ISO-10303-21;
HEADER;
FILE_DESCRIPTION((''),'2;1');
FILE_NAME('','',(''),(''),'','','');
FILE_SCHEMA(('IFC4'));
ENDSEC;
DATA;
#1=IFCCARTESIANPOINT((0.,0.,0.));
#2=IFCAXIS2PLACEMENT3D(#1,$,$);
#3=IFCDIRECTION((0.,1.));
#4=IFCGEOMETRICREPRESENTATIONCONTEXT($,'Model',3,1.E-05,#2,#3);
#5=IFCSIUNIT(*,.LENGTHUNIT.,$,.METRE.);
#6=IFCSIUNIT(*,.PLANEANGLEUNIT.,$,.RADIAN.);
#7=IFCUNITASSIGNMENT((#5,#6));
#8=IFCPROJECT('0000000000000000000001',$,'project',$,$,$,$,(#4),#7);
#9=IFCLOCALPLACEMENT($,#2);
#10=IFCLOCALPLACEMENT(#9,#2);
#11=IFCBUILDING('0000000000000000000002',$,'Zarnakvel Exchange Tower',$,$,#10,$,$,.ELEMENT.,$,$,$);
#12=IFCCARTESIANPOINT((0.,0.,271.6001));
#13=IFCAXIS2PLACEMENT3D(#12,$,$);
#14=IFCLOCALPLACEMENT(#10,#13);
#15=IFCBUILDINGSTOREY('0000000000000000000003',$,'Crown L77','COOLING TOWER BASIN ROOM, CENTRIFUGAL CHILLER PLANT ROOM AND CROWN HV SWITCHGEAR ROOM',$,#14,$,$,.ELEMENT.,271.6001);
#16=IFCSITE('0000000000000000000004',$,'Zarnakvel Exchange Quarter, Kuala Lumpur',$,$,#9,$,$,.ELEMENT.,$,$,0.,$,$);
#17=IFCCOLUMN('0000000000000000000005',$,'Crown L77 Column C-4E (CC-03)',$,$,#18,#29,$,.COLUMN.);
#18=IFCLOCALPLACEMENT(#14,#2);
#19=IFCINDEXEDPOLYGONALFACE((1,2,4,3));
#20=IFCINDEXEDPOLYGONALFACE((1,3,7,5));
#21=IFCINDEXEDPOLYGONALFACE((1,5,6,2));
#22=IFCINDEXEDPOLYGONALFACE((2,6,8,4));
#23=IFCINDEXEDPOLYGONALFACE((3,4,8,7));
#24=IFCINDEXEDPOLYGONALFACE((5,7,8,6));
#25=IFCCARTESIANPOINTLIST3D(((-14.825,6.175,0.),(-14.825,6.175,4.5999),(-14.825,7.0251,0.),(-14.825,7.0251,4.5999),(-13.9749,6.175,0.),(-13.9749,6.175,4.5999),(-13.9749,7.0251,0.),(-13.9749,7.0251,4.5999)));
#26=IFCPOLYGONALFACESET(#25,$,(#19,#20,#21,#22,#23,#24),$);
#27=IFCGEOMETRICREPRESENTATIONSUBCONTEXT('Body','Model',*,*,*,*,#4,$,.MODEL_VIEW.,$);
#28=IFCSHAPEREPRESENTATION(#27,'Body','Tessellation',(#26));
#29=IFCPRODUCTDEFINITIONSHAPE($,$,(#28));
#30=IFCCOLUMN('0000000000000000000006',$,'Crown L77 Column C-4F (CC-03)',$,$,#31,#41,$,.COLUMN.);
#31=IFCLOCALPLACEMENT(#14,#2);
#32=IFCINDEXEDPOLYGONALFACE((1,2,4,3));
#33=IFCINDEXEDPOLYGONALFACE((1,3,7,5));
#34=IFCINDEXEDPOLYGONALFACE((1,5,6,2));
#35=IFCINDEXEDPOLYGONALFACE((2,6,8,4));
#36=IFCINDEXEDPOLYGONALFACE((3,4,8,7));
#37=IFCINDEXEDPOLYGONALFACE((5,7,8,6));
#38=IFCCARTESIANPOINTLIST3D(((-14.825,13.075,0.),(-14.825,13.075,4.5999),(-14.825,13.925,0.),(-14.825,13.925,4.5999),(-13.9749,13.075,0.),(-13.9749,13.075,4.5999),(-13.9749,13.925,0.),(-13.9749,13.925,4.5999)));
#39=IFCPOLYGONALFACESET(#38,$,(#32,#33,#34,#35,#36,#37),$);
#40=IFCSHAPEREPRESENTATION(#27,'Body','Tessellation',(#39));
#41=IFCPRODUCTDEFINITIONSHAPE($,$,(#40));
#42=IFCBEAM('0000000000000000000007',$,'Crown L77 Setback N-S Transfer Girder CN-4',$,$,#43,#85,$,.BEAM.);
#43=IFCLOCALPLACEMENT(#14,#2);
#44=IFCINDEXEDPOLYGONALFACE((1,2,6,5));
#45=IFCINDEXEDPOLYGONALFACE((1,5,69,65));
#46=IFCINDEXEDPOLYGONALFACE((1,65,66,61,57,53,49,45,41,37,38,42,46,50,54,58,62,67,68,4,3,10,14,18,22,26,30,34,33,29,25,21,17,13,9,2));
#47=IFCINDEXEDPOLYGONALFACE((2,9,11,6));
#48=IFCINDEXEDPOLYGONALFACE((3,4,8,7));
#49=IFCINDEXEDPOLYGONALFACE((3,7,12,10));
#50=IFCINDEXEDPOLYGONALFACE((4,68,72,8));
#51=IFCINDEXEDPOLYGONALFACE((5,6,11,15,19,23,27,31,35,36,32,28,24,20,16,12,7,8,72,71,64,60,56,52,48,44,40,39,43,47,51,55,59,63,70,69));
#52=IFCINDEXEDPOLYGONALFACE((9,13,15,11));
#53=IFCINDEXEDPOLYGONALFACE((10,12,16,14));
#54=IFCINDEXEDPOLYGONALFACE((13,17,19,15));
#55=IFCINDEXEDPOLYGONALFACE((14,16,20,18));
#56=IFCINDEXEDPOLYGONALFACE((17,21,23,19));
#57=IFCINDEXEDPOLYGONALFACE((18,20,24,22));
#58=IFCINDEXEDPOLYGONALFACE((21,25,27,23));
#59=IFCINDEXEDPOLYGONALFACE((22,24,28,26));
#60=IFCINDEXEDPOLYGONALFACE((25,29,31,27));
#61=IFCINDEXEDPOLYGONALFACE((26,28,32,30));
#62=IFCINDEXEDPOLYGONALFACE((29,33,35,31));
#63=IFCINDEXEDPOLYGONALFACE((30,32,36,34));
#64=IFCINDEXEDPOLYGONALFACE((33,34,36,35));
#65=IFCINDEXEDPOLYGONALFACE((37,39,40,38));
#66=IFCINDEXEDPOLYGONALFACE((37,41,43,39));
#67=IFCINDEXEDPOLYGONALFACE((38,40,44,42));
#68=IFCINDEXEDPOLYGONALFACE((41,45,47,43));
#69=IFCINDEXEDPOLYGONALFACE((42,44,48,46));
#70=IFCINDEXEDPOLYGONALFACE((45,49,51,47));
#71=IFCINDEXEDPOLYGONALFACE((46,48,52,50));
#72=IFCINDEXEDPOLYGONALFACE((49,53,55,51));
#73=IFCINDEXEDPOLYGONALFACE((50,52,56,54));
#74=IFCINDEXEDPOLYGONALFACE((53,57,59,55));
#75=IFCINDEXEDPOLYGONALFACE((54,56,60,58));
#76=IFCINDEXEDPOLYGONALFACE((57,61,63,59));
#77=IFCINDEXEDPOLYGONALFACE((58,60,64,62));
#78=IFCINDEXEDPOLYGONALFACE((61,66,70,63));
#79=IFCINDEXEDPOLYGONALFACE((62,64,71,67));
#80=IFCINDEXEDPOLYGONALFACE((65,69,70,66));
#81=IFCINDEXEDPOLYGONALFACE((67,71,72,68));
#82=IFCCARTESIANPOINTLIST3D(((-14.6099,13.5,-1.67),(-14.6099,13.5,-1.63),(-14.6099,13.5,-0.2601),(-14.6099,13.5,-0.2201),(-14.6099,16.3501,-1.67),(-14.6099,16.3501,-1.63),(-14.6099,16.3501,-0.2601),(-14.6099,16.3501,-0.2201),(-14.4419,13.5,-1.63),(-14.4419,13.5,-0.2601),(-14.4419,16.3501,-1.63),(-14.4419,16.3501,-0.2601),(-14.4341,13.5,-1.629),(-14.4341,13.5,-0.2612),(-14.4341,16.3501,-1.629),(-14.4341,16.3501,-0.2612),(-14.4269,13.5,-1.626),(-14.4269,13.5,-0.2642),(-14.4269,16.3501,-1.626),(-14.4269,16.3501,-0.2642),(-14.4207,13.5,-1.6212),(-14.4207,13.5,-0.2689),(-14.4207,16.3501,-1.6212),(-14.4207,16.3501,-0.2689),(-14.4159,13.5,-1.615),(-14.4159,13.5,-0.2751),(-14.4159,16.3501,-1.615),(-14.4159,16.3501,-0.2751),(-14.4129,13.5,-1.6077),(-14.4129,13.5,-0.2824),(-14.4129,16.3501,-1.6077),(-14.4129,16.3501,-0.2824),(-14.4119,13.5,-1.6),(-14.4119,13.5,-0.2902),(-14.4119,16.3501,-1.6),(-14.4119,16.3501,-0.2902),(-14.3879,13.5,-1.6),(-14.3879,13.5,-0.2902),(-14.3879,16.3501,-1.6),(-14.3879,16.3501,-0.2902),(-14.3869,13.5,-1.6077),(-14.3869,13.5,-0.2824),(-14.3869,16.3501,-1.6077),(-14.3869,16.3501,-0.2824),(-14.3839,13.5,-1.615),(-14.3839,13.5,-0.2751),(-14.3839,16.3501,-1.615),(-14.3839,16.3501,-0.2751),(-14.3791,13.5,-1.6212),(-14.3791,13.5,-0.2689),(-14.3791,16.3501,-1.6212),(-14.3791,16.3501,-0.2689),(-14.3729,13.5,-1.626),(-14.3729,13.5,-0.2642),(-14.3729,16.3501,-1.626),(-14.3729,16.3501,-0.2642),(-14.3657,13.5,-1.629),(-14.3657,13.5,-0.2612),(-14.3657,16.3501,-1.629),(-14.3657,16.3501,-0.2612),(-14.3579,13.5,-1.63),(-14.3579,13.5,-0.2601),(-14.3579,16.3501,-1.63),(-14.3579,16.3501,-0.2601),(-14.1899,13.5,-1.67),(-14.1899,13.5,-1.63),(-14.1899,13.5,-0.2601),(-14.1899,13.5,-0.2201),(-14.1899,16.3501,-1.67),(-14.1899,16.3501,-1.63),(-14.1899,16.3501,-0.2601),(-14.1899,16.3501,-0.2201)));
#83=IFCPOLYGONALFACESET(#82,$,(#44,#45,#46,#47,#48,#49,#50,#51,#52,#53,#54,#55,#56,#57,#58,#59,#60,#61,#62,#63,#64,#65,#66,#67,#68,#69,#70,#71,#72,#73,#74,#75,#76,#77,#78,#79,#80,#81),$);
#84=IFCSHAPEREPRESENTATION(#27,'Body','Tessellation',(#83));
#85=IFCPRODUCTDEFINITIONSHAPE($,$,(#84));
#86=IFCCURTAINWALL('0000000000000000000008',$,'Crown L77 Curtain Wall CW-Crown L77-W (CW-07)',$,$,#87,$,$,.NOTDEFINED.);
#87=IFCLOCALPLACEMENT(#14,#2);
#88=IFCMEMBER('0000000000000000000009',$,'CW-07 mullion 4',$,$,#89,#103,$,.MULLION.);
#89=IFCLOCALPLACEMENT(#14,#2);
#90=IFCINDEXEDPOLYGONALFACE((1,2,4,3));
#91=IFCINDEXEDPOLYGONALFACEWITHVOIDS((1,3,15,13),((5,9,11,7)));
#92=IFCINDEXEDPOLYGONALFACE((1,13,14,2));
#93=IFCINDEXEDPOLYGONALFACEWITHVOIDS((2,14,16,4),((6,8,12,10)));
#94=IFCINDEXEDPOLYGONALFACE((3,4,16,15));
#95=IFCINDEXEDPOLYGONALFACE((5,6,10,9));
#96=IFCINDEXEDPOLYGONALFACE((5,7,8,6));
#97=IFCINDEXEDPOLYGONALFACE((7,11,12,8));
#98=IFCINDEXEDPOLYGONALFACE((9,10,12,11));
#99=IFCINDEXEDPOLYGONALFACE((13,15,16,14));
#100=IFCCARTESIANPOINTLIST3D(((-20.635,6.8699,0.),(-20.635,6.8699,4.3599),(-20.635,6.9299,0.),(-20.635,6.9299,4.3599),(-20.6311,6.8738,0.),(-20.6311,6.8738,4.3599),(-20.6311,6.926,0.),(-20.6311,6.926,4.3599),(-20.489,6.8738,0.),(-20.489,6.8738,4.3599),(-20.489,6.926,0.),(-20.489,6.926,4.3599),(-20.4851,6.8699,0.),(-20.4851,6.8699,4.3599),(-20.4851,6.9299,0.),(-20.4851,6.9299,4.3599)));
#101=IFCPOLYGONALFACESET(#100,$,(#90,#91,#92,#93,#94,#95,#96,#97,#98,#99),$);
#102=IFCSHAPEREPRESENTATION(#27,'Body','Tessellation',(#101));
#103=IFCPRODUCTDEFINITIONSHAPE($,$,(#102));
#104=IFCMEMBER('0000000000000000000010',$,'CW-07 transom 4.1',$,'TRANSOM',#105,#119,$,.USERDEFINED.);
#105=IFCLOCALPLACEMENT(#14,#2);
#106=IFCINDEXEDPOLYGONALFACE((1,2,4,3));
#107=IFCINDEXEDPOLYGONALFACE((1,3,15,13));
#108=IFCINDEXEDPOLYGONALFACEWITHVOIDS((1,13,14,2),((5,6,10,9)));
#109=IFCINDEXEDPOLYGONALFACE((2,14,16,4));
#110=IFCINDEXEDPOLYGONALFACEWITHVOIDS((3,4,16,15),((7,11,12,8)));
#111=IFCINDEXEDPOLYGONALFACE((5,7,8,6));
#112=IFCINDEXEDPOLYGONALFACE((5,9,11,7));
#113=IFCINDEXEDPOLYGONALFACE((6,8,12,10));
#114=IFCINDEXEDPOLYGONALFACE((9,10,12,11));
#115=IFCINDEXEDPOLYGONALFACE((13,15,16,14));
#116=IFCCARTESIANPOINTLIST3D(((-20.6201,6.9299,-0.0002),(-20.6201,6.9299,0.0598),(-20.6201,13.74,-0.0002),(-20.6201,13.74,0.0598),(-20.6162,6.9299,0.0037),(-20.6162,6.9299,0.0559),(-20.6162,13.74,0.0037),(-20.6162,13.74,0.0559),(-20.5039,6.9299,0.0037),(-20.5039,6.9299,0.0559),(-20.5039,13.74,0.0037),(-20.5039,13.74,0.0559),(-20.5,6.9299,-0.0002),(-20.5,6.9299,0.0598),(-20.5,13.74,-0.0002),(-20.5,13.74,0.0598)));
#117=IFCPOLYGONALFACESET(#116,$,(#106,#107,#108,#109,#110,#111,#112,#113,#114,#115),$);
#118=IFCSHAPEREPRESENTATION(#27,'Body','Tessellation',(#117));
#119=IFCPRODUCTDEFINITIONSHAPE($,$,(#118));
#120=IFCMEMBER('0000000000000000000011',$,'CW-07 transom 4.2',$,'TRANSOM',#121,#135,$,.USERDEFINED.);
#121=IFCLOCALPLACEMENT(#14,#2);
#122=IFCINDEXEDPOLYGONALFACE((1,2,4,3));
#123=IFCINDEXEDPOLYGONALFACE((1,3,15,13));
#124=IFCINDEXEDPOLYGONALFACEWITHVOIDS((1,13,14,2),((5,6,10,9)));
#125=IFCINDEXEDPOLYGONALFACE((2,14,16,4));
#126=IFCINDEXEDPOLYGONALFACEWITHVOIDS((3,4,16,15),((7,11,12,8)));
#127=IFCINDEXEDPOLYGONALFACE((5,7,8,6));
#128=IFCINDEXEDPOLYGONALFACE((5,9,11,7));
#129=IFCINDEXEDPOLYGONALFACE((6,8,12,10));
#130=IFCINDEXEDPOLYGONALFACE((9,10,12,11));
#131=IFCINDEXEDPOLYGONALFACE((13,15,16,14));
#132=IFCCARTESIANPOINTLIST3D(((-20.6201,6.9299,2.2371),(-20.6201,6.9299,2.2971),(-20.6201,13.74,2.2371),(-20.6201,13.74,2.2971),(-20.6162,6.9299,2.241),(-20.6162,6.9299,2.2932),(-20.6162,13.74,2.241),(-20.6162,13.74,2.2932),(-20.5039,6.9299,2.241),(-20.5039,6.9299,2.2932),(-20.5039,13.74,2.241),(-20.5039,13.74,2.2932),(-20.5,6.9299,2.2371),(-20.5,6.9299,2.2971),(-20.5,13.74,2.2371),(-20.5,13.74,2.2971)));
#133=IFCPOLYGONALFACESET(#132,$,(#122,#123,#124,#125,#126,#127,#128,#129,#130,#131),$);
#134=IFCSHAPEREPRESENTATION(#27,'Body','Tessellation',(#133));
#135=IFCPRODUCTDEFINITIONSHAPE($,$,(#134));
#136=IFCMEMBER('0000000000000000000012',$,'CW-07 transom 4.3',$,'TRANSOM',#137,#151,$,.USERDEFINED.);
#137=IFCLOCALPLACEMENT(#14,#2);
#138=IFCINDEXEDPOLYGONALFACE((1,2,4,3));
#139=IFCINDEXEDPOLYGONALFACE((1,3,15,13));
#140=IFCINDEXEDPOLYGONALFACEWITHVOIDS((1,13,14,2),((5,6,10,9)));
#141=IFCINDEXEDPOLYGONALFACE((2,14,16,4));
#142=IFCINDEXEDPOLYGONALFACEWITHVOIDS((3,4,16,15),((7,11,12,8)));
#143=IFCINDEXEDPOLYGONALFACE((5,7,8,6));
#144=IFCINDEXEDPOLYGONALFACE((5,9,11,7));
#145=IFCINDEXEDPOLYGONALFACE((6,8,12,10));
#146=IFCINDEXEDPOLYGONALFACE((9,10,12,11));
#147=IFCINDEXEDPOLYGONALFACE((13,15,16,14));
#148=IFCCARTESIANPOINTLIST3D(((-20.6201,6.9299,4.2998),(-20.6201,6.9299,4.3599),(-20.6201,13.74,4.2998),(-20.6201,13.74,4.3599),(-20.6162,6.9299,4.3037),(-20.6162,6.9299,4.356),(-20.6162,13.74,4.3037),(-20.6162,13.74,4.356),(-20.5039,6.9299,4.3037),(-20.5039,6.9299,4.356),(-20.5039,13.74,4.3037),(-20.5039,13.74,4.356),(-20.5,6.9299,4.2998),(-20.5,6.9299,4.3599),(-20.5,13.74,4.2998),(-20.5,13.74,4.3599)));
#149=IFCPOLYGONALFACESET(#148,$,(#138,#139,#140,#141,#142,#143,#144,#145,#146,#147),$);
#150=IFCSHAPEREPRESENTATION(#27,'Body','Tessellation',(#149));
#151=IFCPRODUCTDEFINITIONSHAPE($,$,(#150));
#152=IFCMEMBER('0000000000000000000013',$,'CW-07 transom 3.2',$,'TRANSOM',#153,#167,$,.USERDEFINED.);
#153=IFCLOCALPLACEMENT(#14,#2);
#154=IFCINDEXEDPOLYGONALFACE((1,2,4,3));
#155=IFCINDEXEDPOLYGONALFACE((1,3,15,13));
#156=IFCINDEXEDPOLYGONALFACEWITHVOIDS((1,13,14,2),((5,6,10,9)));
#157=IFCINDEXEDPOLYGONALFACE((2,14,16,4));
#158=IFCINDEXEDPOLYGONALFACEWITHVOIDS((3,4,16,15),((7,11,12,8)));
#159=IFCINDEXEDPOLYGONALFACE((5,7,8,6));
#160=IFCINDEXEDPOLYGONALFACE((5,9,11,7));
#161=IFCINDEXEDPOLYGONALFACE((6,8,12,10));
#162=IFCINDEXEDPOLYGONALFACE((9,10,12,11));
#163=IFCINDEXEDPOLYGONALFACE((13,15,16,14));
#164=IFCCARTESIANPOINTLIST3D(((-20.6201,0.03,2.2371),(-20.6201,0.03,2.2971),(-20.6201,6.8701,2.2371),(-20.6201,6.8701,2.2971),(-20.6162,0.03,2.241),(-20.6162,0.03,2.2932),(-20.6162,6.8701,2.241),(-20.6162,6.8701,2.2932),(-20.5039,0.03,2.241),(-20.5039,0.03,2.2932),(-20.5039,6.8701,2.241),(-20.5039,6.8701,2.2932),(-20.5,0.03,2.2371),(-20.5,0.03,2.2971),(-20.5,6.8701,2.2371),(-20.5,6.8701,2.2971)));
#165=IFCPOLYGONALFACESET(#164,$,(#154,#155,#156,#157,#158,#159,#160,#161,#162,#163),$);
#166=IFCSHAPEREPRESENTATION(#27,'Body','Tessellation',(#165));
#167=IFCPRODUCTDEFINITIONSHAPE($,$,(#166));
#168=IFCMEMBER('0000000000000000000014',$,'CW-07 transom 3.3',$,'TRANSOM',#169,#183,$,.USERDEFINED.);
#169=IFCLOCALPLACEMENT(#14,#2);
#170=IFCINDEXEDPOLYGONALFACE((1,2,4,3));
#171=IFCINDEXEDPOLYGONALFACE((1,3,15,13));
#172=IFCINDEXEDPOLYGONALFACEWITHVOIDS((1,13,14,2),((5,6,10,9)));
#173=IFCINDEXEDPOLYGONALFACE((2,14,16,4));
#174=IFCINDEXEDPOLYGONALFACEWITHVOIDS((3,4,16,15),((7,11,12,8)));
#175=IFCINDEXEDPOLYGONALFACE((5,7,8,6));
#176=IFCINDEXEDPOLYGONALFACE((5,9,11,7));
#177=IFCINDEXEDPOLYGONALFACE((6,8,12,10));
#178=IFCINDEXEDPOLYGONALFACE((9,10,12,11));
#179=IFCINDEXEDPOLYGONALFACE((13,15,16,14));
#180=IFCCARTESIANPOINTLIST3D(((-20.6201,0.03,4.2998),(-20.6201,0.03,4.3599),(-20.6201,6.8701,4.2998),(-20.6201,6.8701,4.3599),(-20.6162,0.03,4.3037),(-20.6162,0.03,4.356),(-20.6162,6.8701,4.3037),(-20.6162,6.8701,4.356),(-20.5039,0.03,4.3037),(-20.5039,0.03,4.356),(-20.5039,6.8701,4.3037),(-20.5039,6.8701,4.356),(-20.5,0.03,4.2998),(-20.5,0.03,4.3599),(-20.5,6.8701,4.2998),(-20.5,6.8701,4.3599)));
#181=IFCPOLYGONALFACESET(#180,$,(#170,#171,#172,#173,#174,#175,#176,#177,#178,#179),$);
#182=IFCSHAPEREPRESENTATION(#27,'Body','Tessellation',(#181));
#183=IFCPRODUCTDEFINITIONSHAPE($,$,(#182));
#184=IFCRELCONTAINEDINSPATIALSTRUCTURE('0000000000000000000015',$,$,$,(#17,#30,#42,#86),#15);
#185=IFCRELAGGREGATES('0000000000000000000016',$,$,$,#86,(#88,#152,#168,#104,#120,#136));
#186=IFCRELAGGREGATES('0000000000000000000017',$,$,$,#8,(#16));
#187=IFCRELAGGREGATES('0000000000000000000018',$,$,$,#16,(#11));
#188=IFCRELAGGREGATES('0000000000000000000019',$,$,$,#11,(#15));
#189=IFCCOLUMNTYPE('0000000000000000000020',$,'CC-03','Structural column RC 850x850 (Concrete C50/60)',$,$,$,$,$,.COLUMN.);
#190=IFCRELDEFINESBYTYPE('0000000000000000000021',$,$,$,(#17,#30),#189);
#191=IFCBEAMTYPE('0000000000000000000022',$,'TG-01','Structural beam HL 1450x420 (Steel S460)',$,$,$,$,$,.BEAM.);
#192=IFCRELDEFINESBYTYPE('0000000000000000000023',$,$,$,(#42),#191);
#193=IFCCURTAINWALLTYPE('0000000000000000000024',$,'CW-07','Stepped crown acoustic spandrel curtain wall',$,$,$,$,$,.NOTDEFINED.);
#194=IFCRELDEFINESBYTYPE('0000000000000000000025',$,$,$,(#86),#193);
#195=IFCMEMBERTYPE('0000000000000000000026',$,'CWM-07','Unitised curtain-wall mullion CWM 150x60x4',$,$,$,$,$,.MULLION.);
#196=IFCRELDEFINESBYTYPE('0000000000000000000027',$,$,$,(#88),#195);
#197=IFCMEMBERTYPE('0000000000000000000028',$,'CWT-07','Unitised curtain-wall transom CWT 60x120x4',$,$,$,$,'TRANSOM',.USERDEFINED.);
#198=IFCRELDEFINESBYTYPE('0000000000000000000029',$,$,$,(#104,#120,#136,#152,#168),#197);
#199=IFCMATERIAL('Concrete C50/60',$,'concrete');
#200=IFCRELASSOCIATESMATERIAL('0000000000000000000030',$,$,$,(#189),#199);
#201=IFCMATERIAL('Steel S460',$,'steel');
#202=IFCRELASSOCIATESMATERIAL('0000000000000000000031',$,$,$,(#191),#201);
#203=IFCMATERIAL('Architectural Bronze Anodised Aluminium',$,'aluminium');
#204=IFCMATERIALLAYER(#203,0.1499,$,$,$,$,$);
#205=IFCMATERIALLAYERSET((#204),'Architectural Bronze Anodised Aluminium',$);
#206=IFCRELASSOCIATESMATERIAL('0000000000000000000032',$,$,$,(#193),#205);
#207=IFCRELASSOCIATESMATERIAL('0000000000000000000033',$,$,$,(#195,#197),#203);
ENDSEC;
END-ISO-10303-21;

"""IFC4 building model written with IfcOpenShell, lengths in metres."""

from ifc_helpers import new_model, si_unit, direction, frame, origin, origin_2d, place, context, subcontext, project, spatial, rectangle, hollow_rectangle, i_section, extrude, source, transform, mapped, material, layer, layer_set, material_profile, profile_set, type_object, element, aggregate, save


model = new_model("IFC4")

# Units and contexts
model_context = context("Model", 3, precision=1e-05, world=origin(), true_north=direction((0.0, 1.0)))
body_context = subcontext(model_context, "Body", "Model", "MODEL_VIEW")
ifc_project = project(units=[si_unit("LENGTHUNIT", "METRE"), si_unit("PLANEANGLEUNIT", "RADIAN")], contexts=[model_context])

# Site, building, storey
site_placement = place(None, origin())
site = spatial("IfcSite", under=ifc_project, at=site_placement, Name="Zarnakvel Exchange Quarter, Kuala Lumpur", CompositionType="ELEMENT", RefElevation=0.0)
building_placement = place(site_placement, origin())
building = spatial("IfcBuilding", under=site, at=building_placement, Name="Zarnakvel Exchange Tower", CompositionType="ELEMENT")
storey_placement = place(building_placement, frame((0.0, 0.0, 271.6001)))
storey = spatial("IfcBuildingStorey", under=building, at=storey_placement, Name="Crown L77", Description="COOLING TOWER BASIN ROOM, CENTRIFUGAL CHILLER PLANT ROOM AND CROWN HV SWITCHGEAR ROOM", CompositionType="ELEMENT", Elevation=271.6001)

# Columns
ifc_material_1 = material(Name="Concrete C50/60", Category="concrete")
ifc_material_profile_1 = material_profile(ifc_material_1, rectangle(XDim=0.8501, YDim=0.8501, at=origin_2d()))
ifc_profile_set_1 = profile_set([ifc_material_profile_1], Name="Concrete C50/60")
column_type = type_object("IfcColumnType", Name="CC-03", Description="Structural column RC 850x850 (Concrete C50/60)", PredefinedType="COLUMN", material=ifc_profile_set_1)
for number, where, z_axis, x_axis, name in (
    (1, (-14.3999, 6.6001, 0.0), (0.0, 0.0, 1.0), (1.0, 0.0, 0.0), "Crown L77 Column C-4E (CC-03)"),
    (2, (-14.3999, 13.5, 0.0), (0.0, 0.0, 1.0), (1.0, 0.0, 0.0), "Crown L77 Column C-4F (CC-03)"),
):
    element("IfcColumn", number, at=place(storey_placement, frame(where, z_axis=z_axis, x_axis=x_axis)), inside=storey, type_object=column_type, Name=name, PredefinedType="COLUMN", context=body_context, shape_type="SweptSolid", body=[
        extrude(rectangle(XDim=0.8501, YDim=0.8501, at=origin_2d()), origin(), (0.0, 0.0, 1.0), 4.5999),
    ])

# Beam
ifc_material_2 = material(Name="Steel S460", Category="steel")
ifc_material_profile_2 = material_profile(ifc_material_2, i_section(OverallWidth=0.4199, OverallDepth=1.45, WebThickness=0.0239, FlangeThickness=0.04, FilletRadius=0.03, at=origin_2d()))
ifc_profile_set_2 = profile_set([ifc_material_profile_2], Name="Steel S460")
beam_type = type_object("IfcBeamType", Name="TG-01", Description="Structural beam HL 1450x420 (Steel S460)", PredefinedType="BEAM", material=ifc_profile_set_2)
beam_placement = place(storey_placement, frame((-14.3999, 13.5, -0.9451), z_axis=(0.0, 1.0, 0.0), x_axis=(-1.0, 0.0, 0.0)))
element("IfcBeam", 3, at=beam_placement, inside=storey, type_object=beam_type, Name="Crown L77 Setback N-S Transfer Girder CN-4", PredefinedType="BEAM", context=body_context, shape_type="SweptSolid", body=[
    extrude(i_section(OverallWidth=0.4199, OverallDepth=1.45, WebThickness=0.0239, FlangeThickness=0.04, FilletRadius=0.03, at=origin_2d()), origin(), (0.0, 0.0, 1.0), 2.8501),
])

# Curtain wall, members
ifc_material_3 = material(Name="Architectural Bronze Anodised Aluminium", Category="aluminium")
ifc_layer_1 = layer(ifc_material_3, 0.1499)
ifc_layer_set_1 = layer_set([ifc_layer_1], Name="Architectural Bronze Anodised Aluminium")
curtain_wall_type = type_object("IfcCurtainWallType", Name="CW-07", Description="Stepped crown acoustic spandrel curtain wall", PredefinedType="NOTDEFINED", material=ifc_layer_set_1)
curtain_wall_placement = place(storey_placement, origin())
curtain_wall = element("IfcCurtainWall", 4, at=curtain_wall_placement, inside=storey, type_object=curtain_wall_type, Name="Crown L77 Curtain Wall CW-Crown L77-W (CW-07)", PredefinedType="NOTDEFINED")
ifc_material_profile_3 = material_profile(ifc_material_3, hollow_rectangle(XDim=0.1499, YDim=0.0601, WallThickness=0.0039, at=origin_2d()))
ifc_profile_set_3 = profile_set([ifc_material_profile_3], Name="Architectural Bronze Anodised Aluminium")
member_type_1 = type_object("IfcMemberType", Name="CWM-07", Description="Unitised curtain-wall mullion CWM 150x60x4", PredefinedType="MULLION", material=ifc_profile_set_3)
shared_shape_1 = source(origin(), body_context, "Body", "SweptSolid", [
    extrude(hollow_rectangle(XDim=0.1499, YDim=0.0601, WallThickness=0.0039, at=origin_2d()), origin(), (0.0, 0.0, 1.0), 4.3599),
])
member_1_placement = place(storey_placement, frame((-20.5601, 6.8999, 0.0), z_axis=(0.0, 0.0, 1.0), x_axis=(-1.0, 0.0, 0.0)))
member_1 = element("IfcMember", 5, at=member_1_placement, type_object=member_type_1, Name="CW-07 mullion 4", PredefinedType="MULLION", context=body_context, shape_type="MappedRepresentation", body=[
    mapped(shared_shape_1, transform((0.0, 0.0, 0.0), x_axis=(1.0, 0.0, 0.0), y_axis=(0.0, 1.0, 0.0), z_axis=(0.0, 0.0, 1.0), scale=1.0)),
])
ifc_material_profile_4 = material_profile(ifc_material_3, hollow_rectangle(XDim=0.1201, YDim=0.0601, WallThickness=0.0039, at=origin_2d()))
ifc_profile_set_4 = profile_set([ifc_material_profile_4], Name="Architectural Bronze Anodised Aluminium")
member_type_2 = type_object("IfcMemberType", Name="CWT-07", Description="Unitised curtain-wall transom CWT 60x120x4", ElementType="TRANSOM", PredefinedType="USERDEFINED", material=ifc_profile_set_4)
shared_shape_2 = source(origin(), body_context, "Body", "SweptSolid", [
    extrude(hollow_rectangle(XDim=0.1201, YDim=0.0601, WallThickness=0.0039, at=origin_2d()), origin(), (0.0, 0.0, 1.0), 6.8101),
])
member_2_placement = place(storey_placement, frame((-20.5601, 6.9299, 0.0298), z_axis=(0.0, 1.0, 0.0), x_axis=(-1.0, 0.0, 0.0)))
member_2 = element("IfcMember", 6, at=member_2_placement, type_object=member_type_2, Name="CW-07 transom 4.1", ObjectType="TRANSOM", PredefinedType="USERDEFINED", context=body_context, shape_type="MappedRepresentation", body=[
    mapped(shared_shape_2, transform((0.0, 0.0, 0.0), x_axis=(1.0, 0.0, 0.0), y_axis=(0.0, 1.0, 0.0), z_axis=(0.0, 0.0, 1.0), scale=1.0)),
])
member_3_placement = place(storey_placement, frame((-20.5601, 6.9299, 2.2671), z_axis=(0.0, 1.0, 0.0), x_axis=(-1.0, 0.0, 0.0)))
member_3 = element("IfcMember", 7, at=member_3_placement, type_object=member_type_2, Name="CW-07 transom 4.2", ObjectType="TRANSOM", PredefinedType="USERDEFINED", context=body_context, shape_type="MappedRepresentation", body=[
    mapped(shared_shape_2, transform((0.0, 0.0, 0.0), x_axis=(1.0, 0.0, 0.0), y_axis=(0.0, 1.0, 0.0), z_axis=(0.0, 0.0, 1.0), scale=1.0)),
])
member_4_placement = place(storey_placement, frame((-20.5601, 6.9299, 4.3298), z_axis=(0.0, 1.0, 0.0), x_axis=(-1.0, 0.0, 0.0)))
member_4 = element("IfcMember", 8, at=member_4_placement, type_object=member_type_2, Name="CW-07 transom 4.3", ObjectType="TRANSOM", PredefinedType="USERDEFINED", context=body_context, shape_type="MappedRepresentation", body=[
    mapped(shared_shape_2, transform((0.0, 0.0, 0.0), x_axis=(1.0, 0.0, 0.0), y_axis=(0.0, 1.0, 0.0), z_axis=(0.0, 0.0, 1.0), scale=1.0)),
])
shared_shape_3 = source(origin(), body_context, "Body", "SweptSolid", [
    extrude(hollow_rectangle(XDim=0.1201, YDim=0.0601, WallThickness=0.0039, at=origin_2d()), origin(), (0.0, 0.0, 1.0), 6.8401),
])
member_5_placement = place(storey_placement, frame((-20.5601, 0.03, 2.2671), z_axis=(0.0, 1.0, 0.0), x_axis=(-1.0, 0.0, 0.0)))
member_5 = element("IfcMember", 9, at=member_5_placement, type_object=member_type_2, Name="CW-07 transom 3.2", ObjectType="TRANSOM", PredefinedType="USERDEFINED", context=body_context, shape_type="MappedRepresentation", body=[
    mapped(shared_shape_3, transform((0.0, 0.0, 0.0), x_axis=(1.0, 0.0, 0.0), y_axis=(0.0, 1.0, 0.0), z_axis=(0.0, 0.0, 1.0), scale=1.0)),
])
member_6_placement = place(storey_placement, frame((-20.5601, 0.03, 4.3298), z_axis=(0.0, 1.0, 0.0), x_axis=(-1.0, 0.0, 0.0)))
member_6 = element("IfcMember", 10, at=member_6_placement, type_object=member_type_2, Name="CW-07 transom 3.3", ObjectType="TRANSOM", PredefinedType="USERDEFINED", context=body_context, shape_type="MappedRepresentation", body=[
    mapped(shared_shape_3, transform((0.0, 0.0, 0.0), x_axis=(1.0, 0.0, 0.0), y_axis=(0.0, 1.0, 0.0), z_axis=(0.0, 0.0, 1.0), scale=1.0)),
])
aggregate(curtain_wall, [member_1, member_5, member_6, member_2, member_3, member_4])

save(model, "model.ifc")
